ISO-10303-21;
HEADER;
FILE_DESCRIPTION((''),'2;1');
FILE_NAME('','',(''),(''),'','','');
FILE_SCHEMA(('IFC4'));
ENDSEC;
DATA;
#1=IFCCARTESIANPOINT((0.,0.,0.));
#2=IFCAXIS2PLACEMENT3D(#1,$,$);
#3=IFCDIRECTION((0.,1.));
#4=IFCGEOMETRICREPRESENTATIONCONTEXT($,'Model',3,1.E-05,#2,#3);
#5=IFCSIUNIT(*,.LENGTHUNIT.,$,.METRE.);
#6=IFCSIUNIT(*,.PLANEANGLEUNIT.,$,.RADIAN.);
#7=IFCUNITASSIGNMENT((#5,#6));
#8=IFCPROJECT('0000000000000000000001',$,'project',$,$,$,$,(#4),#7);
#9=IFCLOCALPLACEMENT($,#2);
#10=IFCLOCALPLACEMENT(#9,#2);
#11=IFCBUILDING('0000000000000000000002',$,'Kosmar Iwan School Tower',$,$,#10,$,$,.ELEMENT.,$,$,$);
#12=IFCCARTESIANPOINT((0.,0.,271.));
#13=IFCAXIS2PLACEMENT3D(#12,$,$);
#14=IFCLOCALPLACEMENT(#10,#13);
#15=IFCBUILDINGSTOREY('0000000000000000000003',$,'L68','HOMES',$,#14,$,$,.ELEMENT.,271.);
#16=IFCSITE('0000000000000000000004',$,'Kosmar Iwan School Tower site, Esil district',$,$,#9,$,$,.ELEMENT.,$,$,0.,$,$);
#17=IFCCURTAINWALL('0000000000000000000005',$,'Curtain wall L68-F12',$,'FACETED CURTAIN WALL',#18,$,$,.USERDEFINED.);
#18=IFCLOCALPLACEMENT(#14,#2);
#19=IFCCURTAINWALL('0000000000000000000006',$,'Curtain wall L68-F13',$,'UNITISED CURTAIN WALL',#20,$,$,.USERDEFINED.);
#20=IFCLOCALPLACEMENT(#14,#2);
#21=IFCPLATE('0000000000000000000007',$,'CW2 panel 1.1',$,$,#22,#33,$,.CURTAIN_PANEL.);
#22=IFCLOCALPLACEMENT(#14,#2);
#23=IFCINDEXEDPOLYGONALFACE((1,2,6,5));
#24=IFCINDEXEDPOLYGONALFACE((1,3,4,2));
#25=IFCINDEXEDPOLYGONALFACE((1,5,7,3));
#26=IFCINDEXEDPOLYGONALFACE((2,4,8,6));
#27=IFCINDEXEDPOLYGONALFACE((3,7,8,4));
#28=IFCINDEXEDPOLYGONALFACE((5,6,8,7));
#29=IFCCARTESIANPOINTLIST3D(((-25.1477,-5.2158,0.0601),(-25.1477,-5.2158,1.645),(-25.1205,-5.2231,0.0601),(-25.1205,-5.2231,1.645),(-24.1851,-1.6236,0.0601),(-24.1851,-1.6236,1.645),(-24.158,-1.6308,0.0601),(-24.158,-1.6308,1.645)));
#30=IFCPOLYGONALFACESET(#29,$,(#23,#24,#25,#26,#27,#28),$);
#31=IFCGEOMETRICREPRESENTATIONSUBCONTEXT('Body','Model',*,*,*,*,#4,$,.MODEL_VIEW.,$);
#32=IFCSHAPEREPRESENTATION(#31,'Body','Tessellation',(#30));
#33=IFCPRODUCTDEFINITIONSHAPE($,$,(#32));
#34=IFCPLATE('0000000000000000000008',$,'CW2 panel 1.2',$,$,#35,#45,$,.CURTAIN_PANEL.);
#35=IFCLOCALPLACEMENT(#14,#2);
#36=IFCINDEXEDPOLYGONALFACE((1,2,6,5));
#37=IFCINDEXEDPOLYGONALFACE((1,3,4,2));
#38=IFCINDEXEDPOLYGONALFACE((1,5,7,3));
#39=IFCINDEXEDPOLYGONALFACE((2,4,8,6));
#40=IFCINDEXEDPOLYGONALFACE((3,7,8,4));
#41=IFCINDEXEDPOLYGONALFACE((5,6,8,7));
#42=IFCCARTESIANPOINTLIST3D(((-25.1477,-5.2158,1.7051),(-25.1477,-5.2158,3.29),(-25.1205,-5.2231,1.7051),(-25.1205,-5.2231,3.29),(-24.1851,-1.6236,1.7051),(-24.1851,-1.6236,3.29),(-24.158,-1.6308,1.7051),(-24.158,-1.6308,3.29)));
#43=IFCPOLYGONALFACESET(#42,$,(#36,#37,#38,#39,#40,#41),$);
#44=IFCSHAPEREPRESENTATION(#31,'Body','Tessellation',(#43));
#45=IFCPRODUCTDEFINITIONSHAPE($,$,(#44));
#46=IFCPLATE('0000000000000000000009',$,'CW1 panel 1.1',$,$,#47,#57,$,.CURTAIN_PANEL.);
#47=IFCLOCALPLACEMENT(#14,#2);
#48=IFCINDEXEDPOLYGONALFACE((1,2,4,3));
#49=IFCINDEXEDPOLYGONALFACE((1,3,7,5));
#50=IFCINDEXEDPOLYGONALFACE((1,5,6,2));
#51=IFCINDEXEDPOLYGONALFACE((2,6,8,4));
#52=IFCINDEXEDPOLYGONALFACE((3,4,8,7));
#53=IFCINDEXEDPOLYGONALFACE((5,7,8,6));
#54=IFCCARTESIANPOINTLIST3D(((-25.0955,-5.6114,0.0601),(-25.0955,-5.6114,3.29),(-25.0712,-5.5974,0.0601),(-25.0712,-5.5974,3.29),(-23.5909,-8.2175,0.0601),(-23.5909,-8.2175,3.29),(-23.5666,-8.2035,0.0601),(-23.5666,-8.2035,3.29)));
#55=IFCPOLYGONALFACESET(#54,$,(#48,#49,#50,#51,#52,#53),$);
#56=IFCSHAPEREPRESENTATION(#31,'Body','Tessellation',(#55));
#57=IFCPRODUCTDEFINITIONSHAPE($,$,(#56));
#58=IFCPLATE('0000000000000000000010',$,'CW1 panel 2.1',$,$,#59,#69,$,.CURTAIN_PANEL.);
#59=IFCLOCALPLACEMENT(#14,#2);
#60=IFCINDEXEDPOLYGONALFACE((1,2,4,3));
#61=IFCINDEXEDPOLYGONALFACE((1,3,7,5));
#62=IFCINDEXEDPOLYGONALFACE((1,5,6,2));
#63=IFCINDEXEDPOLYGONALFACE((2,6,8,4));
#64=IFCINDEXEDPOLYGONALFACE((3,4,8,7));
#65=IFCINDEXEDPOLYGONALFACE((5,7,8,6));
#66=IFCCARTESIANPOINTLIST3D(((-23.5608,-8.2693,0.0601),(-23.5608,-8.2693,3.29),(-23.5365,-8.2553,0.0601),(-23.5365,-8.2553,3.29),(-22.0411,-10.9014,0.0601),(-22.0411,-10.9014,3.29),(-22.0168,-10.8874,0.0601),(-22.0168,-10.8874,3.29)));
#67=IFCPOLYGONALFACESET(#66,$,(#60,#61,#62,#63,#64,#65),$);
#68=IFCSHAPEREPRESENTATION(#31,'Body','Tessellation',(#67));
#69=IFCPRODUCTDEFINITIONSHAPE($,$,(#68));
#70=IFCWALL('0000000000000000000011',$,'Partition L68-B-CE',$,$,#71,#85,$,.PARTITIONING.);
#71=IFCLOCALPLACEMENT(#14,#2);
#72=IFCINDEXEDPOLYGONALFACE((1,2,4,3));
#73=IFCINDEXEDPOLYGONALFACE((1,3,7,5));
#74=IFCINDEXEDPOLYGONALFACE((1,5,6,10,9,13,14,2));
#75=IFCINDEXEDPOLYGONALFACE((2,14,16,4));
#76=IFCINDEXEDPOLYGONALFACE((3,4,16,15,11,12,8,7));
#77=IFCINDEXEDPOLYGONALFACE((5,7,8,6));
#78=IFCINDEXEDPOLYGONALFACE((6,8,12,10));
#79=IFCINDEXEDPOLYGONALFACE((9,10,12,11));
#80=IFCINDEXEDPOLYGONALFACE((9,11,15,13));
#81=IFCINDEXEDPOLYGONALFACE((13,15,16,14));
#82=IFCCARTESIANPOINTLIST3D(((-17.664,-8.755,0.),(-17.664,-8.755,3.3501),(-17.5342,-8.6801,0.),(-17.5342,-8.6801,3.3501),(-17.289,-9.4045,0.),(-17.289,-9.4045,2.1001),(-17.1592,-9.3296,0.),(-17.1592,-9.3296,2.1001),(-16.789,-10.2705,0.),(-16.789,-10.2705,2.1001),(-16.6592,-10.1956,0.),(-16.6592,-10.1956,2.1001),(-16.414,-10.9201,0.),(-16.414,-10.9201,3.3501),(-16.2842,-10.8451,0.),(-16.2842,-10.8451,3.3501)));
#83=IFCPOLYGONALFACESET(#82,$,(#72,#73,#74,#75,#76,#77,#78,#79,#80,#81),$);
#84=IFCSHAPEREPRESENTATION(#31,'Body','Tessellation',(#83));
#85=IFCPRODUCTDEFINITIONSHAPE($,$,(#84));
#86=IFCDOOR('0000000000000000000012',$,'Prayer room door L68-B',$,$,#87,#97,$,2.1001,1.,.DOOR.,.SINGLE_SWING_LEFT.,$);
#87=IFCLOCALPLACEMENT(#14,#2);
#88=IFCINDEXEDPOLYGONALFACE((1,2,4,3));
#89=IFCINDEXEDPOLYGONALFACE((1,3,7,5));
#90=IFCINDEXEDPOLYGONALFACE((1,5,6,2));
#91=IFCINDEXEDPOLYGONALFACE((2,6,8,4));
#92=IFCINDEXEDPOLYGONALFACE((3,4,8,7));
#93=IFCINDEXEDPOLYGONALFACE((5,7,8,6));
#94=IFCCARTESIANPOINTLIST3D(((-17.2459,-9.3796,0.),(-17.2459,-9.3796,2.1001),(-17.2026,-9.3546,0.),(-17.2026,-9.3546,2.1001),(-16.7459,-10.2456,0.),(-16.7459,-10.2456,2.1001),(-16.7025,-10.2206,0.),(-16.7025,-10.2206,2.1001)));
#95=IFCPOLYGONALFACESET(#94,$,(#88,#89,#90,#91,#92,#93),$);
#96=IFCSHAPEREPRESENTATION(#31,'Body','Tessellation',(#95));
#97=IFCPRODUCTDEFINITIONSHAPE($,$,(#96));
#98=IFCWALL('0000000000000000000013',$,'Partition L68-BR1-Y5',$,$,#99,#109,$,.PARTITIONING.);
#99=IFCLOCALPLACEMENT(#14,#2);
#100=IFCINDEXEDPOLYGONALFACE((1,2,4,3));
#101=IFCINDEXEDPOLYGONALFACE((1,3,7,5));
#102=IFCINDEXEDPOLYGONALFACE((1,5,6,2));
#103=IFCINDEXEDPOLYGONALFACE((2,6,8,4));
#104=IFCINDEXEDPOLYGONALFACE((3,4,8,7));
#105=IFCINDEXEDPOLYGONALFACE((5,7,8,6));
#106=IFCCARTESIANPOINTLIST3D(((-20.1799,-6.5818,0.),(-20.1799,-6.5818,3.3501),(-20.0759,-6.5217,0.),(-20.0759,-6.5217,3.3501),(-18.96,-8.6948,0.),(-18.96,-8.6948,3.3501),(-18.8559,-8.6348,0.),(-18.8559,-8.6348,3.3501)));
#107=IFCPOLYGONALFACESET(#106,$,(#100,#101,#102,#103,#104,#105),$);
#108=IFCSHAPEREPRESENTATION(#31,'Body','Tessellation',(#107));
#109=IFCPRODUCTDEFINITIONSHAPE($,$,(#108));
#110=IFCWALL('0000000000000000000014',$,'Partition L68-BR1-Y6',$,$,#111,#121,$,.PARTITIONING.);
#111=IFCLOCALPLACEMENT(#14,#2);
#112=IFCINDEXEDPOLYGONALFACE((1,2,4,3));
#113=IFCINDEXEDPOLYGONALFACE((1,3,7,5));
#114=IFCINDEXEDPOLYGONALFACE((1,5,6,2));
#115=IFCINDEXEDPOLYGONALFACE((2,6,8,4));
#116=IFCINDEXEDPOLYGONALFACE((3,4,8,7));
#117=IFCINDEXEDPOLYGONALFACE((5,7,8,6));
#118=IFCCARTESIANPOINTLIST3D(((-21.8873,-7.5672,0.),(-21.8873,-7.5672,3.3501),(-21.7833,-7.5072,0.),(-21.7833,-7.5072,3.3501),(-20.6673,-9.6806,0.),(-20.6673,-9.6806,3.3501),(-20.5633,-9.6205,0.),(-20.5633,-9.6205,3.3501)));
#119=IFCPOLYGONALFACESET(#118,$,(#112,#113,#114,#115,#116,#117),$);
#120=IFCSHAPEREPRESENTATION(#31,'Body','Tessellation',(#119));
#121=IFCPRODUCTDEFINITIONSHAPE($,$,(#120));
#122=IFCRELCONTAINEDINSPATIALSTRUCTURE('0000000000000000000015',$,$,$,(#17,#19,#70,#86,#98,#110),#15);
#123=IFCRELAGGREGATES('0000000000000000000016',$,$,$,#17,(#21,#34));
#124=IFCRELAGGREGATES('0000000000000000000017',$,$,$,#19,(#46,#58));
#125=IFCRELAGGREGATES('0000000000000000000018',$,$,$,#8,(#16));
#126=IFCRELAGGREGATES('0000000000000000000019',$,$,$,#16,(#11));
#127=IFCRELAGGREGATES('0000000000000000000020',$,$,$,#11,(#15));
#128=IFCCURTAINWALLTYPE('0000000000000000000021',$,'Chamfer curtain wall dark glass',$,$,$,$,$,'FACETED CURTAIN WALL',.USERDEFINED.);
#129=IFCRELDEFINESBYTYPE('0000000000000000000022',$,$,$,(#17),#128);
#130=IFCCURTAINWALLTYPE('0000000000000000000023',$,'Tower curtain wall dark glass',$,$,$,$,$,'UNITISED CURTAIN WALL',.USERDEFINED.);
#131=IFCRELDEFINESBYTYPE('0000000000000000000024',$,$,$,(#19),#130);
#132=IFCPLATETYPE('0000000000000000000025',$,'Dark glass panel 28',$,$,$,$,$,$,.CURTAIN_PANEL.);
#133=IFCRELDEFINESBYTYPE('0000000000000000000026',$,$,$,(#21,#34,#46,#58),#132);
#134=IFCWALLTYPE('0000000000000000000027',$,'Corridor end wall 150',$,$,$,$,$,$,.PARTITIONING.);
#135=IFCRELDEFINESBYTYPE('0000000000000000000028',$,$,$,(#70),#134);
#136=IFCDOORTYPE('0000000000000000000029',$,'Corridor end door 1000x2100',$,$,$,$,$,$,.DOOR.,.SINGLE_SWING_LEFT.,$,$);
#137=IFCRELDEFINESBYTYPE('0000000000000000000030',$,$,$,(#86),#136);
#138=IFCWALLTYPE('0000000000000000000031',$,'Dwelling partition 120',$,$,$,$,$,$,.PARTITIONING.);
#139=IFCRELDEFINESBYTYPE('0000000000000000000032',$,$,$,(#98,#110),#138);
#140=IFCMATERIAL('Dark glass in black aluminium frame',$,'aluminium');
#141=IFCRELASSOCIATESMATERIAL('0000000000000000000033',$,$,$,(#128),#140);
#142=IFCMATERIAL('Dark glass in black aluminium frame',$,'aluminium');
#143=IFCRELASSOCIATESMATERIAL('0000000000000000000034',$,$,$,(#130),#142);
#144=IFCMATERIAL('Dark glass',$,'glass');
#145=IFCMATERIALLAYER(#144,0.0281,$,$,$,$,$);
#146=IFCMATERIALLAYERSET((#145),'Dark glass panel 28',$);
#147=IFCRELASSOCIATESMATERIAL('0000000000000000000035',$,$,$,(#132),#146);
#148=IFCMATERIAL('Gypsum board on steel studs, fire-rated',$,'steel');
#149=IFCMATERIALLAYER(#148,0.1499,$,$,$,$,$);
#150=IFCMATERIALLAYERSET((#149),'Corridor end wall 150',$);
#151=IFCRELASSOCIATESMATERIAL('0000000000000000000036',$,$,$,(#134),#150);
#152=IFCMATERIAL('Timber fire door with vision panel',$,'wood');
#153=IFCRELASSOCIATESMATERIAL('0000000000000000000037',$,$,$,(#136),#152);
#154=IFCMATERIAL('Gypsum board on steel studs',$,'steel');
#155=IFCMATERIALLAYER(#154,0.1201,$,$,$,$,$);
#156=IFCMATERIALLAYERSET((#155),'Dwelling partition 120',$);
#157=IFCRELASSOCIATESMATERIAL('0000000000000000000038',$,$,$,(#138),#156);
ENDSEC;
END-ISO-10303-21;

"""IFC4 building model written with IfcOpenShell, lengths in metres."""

from ifc_helpers import new_model, si_unit, direction, frame, frame_2d, origin, origin_2d, place, context, subcontext, project, spatial, rectangle, extrude, material, layer, layer_set, type_object, element, fill, aggregate, save


model = new_model("IFC4")

# Units and contexts
model_context = context("Model", 3, precision=1e-05, world=origin(), true_north=direction((0.0, 1.0)))
body_context = subcontext(model_context, "Body", "Model", "MODEL_VIEW")
ifc_project = project(units=[si_unit("LENGTHUNIT", "METRE"), si_unit("PLANEANGLEUNIT", "RADIAN")], contexts=[model_context])

# Site, building, storey
site_placement = place(None, origin())
site = spatial("IfcSite", under=ifc_project, at=site_placement, Name="Kosmar Iwan School Tower site, Esil district", CompositionType="ELEMENT", RefElevation=0.0)
building_placement = place(site_placement, origin())
building = spatial("IfcBuilding", under=site, at=building_placement, Name="Kosmar Iwan School Tower", CompositionType="ELEMENT")
storey_placement = place(building_placement, frame((0.0, 0.0, 271.0)))
storey = spatial("IfcBuildingStorey", under=building, at=storey_placement, Name="L68", Description="HOMES", CompositionType="ELEMENT", Elevation=271.0)

# Curtain wall
ifc_material_1 = material(Name="Dark glass in black aluminium frame", Category="aluminium")
curtain_wall_type_1 = type_object("IfcCurtainWallType", Name="Chamfer curtain wall dark glass", ElementType="FACETED CURTAIN WALL", PredefinedType="USERDEFINED", material=ifc_material_1)
curtain_wall_1_placement = place(storey_placement, origin())
curtain_wall_1 = element("IfcCurtainWall", 1, at=curtain_wall_1_placement, inside=storey, type_object=curtain_wall_type_1, Name="Curtain wall L68-F12", ObjectType="FACETED CURTAIN WALL", PredefinedType="USERDEFINED")

# Curtain wall
ifc_material_2 = material(Name="Dark glass in black aluminium frame", Category="aluminium")
curtain_wall_type_2 = type_object("IfcCurtainWallType", Name="Tower curtain wall dark glass", ElementType="UNITISED CURTAIN WALL", PredefinedType="USERDEFINED", material=ifc_material_2)
curtain_wall_2_placement = place(storey_placement, origin())
curtain_wall_2 = element("IfcCurtainWall", 2, at=curtain_wall_2_placement, inside=storey, type_object=curtain_wall_type_2, Name="Curtain wall L68-F13", ObjectType="UNITISED CURTAIN WALL", PredefinedType="USERDEFINED")

# Plates
ifc_material_3 = material(Name="Dark glass", Category="glass")
ifc_layer_1 = layer(ifc_material_3, 0.0281)
ifc_layer_set_1 = layer_set([ifc_layer_1], Name="Dark glass panel 28")
plate_type = type_object("IfcPlateType", Name="Dark glass panel 28", PredefinedType="CURTAIN_PANEL", material=ifc_layer_set_1)
plate_1_placement = place(storey_placement, frame((-24.6528, -3.4233, 0.0601), z_axis=(0.0, 0.0, 1.0), x_axis=(-0.258819, -0.965926, 0.0)))
plate_1 = element("IfcPlate", 3, at=plate_1_placement, type_object=plate_type, Name="CW2 panel 1.1", PredefinedType="CURTAIN_PANEL", context=body_context, shape_type="SweptSolid", body=[
    extrude(rectangle(XDim=3.719, YDim=0.0281, at=origin_2d()), origin(), (0.0, 0.0, 1.0), 1.585),
])
plate_2_placement = place(storey_placement, frame((-24.6528, -3.4233, 1.7051), z_axis=(0.0, 0.0, 1.0), x_axis=(-0.258819, -0.965926, 0.0)))
plate_2 = element("IfcPlate", 4, at=plate_2_placement, type_object=plate_type, Name="CW2 panel 1.2", PredefinedType="CURTAIN_PANEL", context=body_context, shape_type="SweptSolid", body=[
    extrude(rectangle(XDim=3.719, YDim=0.0281, at=origin_2d()), origin(), (0.0, 0.0, 1.0), 1.585),
])
aggregate(curtain_wall_1, [plate_1, plate_2])
plate_3_placement = place(storey_placement, frame((-24.3311, -6.9075, 0.0601), z_axis=(0.0, 0.0, 1.0), x_axis=(0.5, -0.866025, 0.0)))
plate_3 = element("IfcPlate", 5, at=plate_3_placement, type_object=plate_type, Name="CW1 panel 1.1", PredefinedType="CURTAIN_PANEL", context=body_context, shape_type="SweptSolid", body=[
    extrude(rectangle(XDim=3.0093, YDim=0.0281, at=origin_2d()), origin(), (0.0, 0.0, 1.0), 3.23),
])
plate_4_placement = place(storey_placement, frame((-22.7888, -9.5784, 0.0601), z_axis=(0.0, 0.0, 1.0), x_axis=(0.5, -0.866025, 0.0)))
plate_4 = element("IfcPlate", 6, at=plate_4_placement, type_object=plate_type, Name="CW1 panel 2.1", PredefinedType="CURTAIN_PANEL", context=body_context, shape_type="SweptSolid", body=[
    extrude(rectangle(XDim=3.0393, YDim=0.0281, at=origin_2d()), origin(), (0.0, 0.0, 1.0), 3.23),
])
aggregate(curtain_wall_2, [plate_3, plate_4])

# Wall, opening, door
ifc_material_4 = material(Name="Gypsum board on steel studs, fire-rated", Category="steel")
ifc_layer_2 = layer(ifc_material_4, 0.1499)
ifc_layer_set_2 = layer_set([ifc_layer_2], Name="Corridor end wall 150")
wall_type_1 = type_object("IfcWallType", Name="Corridor end wall 150", PredefinedType="PARTITIONING", material=ifc_layer_set_2)
wall_1_placement = place(storey_placement, frame((-17.5991, -8.7175, 0.0), z_axis=(0.0, 0.0, 1.0), x_axis=(0.500004, -0.866023, 0.0)))
wall_1 = element("IfcWall", 7, at=wall_1_placement, inside=storey, type_object=wall_type_1, Name="Partition L68-B-CE", PredefinedType="PARTITIONING", context=body_context, shape_type="SweptSolid", body=[
    extrude(rectangle(XDim=2.5, YDim=0.1499, at=frame_2d((1.25, 0.0))), origin(), (0.0, 0.0, 1.0), 3.3501),
])
opening_placement = place(wall_1_placement, frame((0.75, 0.0, 0.0)))
opening = element("IfcOpeningElement", 8, at=opening_placement, cuts=wall_1, PredefinedType="OPENING", context=body_context, shape_type="SweptSolid", body=[
    extrude(rectangle(XDim=1.0, YDim=2.1001, at=frame_2d((0.5, 1.05))), frame((0.0, 0.0869, 0.0), z_axis=(0.0, -1.0, 0.0), x_axis=(1.0, 0.0, 0.0)), (0.0, 0.0, 1.0), 0.1738),
])
ifc_material_5 = material(Name="Timber fire door with vision panel", Category="wood")
door_type = type_object("IfcDoorType", Name="Corridor end door 1000x2100", OperationType="SINGLE_SWING_LEFT", PredefinedType="DOOR", material=ifc_material_5)
door_placement = place(opening_placement, origin())
door = element("IfcDoor", 9, at=door_placement, inside=storey, type_object=door_type, Name="Prayer room door L68-B", OperationType="SINGLE_SWING_LEFT", OverallHeight=2.1001, OverallWidth=1.0, PredefinedType="DOOR", context=body_context, shape_type="SweptSolid", body=[
    extrude(rectangle(XDim=1.0, YDim=2.1001, at=frame_2d((0.5, 1.05))), frame((0.0, 0.0249, 0.0), z_axis=(0.0, -1.0, 0.0), x_axis=(1.0, 0.0, 0.0)), (0.0, 0.0, 1.0), 0.05),
])
fill(opening, door)

# Walls
ifc_material_6 = material(Name="Gypsum board on steel studs", Category="steel")
ifc_layer_3 = layer(ifc_material_6, 0.1201)
ifc_layer_set_3 = layer_set([ifc_layer_3], Name="Dwelling partition 120")
wall_type_2 = type_object("IfcWallType", Name="Dwelling partition 120", PredefinedType="PARTITIONING", material=ifc_layer_set_3)
wall_2_placement = place(storey_placement, frame((-18.908, -8.6648, 0.0), z_axis=(0.0, 0.0, 1.0), x_axis=(-0.500003, 0.866024, 0.0)))
element("IfcWall", 10, at=wall_2_placement, inside=storey, type_object=wall_type_2, Name="Partition L68-BR1-Y5", PredefinedType="PARTITIONING", context=body_context, shape_type="SweptSolid", body=[
    extrude(rectangle(XDim=2.4399, YDim=0.1201, at=frame_2d((1.22, 0.0))), origin(), (0.0, 0.0, 1.0), 3.3501),
])
wall_3_placement = place(storey_placement, frame((-20.6152, -9.6506, 0.0), z_axis=(0.0, 0.0, 1.0), x_axis=(-0.499959, 0.866049, 0.0)))
element("IfcWall", 11, at=wall_3_placement, inside=storey, type_object=wall_type_2, Name="Partition L68-BR1-Y6", PredefinedType="PARTITIONING", context=body_context, shape_type="SweptSolid", body=[
    extrude(rectangle(XDim=2.4402, YDim=0.1201, at=frame_2d((1.2202, 0.0))), origin(), (0.0, 0.0, 1.0), 3.3501),
])

save(model, "model.ifc")
